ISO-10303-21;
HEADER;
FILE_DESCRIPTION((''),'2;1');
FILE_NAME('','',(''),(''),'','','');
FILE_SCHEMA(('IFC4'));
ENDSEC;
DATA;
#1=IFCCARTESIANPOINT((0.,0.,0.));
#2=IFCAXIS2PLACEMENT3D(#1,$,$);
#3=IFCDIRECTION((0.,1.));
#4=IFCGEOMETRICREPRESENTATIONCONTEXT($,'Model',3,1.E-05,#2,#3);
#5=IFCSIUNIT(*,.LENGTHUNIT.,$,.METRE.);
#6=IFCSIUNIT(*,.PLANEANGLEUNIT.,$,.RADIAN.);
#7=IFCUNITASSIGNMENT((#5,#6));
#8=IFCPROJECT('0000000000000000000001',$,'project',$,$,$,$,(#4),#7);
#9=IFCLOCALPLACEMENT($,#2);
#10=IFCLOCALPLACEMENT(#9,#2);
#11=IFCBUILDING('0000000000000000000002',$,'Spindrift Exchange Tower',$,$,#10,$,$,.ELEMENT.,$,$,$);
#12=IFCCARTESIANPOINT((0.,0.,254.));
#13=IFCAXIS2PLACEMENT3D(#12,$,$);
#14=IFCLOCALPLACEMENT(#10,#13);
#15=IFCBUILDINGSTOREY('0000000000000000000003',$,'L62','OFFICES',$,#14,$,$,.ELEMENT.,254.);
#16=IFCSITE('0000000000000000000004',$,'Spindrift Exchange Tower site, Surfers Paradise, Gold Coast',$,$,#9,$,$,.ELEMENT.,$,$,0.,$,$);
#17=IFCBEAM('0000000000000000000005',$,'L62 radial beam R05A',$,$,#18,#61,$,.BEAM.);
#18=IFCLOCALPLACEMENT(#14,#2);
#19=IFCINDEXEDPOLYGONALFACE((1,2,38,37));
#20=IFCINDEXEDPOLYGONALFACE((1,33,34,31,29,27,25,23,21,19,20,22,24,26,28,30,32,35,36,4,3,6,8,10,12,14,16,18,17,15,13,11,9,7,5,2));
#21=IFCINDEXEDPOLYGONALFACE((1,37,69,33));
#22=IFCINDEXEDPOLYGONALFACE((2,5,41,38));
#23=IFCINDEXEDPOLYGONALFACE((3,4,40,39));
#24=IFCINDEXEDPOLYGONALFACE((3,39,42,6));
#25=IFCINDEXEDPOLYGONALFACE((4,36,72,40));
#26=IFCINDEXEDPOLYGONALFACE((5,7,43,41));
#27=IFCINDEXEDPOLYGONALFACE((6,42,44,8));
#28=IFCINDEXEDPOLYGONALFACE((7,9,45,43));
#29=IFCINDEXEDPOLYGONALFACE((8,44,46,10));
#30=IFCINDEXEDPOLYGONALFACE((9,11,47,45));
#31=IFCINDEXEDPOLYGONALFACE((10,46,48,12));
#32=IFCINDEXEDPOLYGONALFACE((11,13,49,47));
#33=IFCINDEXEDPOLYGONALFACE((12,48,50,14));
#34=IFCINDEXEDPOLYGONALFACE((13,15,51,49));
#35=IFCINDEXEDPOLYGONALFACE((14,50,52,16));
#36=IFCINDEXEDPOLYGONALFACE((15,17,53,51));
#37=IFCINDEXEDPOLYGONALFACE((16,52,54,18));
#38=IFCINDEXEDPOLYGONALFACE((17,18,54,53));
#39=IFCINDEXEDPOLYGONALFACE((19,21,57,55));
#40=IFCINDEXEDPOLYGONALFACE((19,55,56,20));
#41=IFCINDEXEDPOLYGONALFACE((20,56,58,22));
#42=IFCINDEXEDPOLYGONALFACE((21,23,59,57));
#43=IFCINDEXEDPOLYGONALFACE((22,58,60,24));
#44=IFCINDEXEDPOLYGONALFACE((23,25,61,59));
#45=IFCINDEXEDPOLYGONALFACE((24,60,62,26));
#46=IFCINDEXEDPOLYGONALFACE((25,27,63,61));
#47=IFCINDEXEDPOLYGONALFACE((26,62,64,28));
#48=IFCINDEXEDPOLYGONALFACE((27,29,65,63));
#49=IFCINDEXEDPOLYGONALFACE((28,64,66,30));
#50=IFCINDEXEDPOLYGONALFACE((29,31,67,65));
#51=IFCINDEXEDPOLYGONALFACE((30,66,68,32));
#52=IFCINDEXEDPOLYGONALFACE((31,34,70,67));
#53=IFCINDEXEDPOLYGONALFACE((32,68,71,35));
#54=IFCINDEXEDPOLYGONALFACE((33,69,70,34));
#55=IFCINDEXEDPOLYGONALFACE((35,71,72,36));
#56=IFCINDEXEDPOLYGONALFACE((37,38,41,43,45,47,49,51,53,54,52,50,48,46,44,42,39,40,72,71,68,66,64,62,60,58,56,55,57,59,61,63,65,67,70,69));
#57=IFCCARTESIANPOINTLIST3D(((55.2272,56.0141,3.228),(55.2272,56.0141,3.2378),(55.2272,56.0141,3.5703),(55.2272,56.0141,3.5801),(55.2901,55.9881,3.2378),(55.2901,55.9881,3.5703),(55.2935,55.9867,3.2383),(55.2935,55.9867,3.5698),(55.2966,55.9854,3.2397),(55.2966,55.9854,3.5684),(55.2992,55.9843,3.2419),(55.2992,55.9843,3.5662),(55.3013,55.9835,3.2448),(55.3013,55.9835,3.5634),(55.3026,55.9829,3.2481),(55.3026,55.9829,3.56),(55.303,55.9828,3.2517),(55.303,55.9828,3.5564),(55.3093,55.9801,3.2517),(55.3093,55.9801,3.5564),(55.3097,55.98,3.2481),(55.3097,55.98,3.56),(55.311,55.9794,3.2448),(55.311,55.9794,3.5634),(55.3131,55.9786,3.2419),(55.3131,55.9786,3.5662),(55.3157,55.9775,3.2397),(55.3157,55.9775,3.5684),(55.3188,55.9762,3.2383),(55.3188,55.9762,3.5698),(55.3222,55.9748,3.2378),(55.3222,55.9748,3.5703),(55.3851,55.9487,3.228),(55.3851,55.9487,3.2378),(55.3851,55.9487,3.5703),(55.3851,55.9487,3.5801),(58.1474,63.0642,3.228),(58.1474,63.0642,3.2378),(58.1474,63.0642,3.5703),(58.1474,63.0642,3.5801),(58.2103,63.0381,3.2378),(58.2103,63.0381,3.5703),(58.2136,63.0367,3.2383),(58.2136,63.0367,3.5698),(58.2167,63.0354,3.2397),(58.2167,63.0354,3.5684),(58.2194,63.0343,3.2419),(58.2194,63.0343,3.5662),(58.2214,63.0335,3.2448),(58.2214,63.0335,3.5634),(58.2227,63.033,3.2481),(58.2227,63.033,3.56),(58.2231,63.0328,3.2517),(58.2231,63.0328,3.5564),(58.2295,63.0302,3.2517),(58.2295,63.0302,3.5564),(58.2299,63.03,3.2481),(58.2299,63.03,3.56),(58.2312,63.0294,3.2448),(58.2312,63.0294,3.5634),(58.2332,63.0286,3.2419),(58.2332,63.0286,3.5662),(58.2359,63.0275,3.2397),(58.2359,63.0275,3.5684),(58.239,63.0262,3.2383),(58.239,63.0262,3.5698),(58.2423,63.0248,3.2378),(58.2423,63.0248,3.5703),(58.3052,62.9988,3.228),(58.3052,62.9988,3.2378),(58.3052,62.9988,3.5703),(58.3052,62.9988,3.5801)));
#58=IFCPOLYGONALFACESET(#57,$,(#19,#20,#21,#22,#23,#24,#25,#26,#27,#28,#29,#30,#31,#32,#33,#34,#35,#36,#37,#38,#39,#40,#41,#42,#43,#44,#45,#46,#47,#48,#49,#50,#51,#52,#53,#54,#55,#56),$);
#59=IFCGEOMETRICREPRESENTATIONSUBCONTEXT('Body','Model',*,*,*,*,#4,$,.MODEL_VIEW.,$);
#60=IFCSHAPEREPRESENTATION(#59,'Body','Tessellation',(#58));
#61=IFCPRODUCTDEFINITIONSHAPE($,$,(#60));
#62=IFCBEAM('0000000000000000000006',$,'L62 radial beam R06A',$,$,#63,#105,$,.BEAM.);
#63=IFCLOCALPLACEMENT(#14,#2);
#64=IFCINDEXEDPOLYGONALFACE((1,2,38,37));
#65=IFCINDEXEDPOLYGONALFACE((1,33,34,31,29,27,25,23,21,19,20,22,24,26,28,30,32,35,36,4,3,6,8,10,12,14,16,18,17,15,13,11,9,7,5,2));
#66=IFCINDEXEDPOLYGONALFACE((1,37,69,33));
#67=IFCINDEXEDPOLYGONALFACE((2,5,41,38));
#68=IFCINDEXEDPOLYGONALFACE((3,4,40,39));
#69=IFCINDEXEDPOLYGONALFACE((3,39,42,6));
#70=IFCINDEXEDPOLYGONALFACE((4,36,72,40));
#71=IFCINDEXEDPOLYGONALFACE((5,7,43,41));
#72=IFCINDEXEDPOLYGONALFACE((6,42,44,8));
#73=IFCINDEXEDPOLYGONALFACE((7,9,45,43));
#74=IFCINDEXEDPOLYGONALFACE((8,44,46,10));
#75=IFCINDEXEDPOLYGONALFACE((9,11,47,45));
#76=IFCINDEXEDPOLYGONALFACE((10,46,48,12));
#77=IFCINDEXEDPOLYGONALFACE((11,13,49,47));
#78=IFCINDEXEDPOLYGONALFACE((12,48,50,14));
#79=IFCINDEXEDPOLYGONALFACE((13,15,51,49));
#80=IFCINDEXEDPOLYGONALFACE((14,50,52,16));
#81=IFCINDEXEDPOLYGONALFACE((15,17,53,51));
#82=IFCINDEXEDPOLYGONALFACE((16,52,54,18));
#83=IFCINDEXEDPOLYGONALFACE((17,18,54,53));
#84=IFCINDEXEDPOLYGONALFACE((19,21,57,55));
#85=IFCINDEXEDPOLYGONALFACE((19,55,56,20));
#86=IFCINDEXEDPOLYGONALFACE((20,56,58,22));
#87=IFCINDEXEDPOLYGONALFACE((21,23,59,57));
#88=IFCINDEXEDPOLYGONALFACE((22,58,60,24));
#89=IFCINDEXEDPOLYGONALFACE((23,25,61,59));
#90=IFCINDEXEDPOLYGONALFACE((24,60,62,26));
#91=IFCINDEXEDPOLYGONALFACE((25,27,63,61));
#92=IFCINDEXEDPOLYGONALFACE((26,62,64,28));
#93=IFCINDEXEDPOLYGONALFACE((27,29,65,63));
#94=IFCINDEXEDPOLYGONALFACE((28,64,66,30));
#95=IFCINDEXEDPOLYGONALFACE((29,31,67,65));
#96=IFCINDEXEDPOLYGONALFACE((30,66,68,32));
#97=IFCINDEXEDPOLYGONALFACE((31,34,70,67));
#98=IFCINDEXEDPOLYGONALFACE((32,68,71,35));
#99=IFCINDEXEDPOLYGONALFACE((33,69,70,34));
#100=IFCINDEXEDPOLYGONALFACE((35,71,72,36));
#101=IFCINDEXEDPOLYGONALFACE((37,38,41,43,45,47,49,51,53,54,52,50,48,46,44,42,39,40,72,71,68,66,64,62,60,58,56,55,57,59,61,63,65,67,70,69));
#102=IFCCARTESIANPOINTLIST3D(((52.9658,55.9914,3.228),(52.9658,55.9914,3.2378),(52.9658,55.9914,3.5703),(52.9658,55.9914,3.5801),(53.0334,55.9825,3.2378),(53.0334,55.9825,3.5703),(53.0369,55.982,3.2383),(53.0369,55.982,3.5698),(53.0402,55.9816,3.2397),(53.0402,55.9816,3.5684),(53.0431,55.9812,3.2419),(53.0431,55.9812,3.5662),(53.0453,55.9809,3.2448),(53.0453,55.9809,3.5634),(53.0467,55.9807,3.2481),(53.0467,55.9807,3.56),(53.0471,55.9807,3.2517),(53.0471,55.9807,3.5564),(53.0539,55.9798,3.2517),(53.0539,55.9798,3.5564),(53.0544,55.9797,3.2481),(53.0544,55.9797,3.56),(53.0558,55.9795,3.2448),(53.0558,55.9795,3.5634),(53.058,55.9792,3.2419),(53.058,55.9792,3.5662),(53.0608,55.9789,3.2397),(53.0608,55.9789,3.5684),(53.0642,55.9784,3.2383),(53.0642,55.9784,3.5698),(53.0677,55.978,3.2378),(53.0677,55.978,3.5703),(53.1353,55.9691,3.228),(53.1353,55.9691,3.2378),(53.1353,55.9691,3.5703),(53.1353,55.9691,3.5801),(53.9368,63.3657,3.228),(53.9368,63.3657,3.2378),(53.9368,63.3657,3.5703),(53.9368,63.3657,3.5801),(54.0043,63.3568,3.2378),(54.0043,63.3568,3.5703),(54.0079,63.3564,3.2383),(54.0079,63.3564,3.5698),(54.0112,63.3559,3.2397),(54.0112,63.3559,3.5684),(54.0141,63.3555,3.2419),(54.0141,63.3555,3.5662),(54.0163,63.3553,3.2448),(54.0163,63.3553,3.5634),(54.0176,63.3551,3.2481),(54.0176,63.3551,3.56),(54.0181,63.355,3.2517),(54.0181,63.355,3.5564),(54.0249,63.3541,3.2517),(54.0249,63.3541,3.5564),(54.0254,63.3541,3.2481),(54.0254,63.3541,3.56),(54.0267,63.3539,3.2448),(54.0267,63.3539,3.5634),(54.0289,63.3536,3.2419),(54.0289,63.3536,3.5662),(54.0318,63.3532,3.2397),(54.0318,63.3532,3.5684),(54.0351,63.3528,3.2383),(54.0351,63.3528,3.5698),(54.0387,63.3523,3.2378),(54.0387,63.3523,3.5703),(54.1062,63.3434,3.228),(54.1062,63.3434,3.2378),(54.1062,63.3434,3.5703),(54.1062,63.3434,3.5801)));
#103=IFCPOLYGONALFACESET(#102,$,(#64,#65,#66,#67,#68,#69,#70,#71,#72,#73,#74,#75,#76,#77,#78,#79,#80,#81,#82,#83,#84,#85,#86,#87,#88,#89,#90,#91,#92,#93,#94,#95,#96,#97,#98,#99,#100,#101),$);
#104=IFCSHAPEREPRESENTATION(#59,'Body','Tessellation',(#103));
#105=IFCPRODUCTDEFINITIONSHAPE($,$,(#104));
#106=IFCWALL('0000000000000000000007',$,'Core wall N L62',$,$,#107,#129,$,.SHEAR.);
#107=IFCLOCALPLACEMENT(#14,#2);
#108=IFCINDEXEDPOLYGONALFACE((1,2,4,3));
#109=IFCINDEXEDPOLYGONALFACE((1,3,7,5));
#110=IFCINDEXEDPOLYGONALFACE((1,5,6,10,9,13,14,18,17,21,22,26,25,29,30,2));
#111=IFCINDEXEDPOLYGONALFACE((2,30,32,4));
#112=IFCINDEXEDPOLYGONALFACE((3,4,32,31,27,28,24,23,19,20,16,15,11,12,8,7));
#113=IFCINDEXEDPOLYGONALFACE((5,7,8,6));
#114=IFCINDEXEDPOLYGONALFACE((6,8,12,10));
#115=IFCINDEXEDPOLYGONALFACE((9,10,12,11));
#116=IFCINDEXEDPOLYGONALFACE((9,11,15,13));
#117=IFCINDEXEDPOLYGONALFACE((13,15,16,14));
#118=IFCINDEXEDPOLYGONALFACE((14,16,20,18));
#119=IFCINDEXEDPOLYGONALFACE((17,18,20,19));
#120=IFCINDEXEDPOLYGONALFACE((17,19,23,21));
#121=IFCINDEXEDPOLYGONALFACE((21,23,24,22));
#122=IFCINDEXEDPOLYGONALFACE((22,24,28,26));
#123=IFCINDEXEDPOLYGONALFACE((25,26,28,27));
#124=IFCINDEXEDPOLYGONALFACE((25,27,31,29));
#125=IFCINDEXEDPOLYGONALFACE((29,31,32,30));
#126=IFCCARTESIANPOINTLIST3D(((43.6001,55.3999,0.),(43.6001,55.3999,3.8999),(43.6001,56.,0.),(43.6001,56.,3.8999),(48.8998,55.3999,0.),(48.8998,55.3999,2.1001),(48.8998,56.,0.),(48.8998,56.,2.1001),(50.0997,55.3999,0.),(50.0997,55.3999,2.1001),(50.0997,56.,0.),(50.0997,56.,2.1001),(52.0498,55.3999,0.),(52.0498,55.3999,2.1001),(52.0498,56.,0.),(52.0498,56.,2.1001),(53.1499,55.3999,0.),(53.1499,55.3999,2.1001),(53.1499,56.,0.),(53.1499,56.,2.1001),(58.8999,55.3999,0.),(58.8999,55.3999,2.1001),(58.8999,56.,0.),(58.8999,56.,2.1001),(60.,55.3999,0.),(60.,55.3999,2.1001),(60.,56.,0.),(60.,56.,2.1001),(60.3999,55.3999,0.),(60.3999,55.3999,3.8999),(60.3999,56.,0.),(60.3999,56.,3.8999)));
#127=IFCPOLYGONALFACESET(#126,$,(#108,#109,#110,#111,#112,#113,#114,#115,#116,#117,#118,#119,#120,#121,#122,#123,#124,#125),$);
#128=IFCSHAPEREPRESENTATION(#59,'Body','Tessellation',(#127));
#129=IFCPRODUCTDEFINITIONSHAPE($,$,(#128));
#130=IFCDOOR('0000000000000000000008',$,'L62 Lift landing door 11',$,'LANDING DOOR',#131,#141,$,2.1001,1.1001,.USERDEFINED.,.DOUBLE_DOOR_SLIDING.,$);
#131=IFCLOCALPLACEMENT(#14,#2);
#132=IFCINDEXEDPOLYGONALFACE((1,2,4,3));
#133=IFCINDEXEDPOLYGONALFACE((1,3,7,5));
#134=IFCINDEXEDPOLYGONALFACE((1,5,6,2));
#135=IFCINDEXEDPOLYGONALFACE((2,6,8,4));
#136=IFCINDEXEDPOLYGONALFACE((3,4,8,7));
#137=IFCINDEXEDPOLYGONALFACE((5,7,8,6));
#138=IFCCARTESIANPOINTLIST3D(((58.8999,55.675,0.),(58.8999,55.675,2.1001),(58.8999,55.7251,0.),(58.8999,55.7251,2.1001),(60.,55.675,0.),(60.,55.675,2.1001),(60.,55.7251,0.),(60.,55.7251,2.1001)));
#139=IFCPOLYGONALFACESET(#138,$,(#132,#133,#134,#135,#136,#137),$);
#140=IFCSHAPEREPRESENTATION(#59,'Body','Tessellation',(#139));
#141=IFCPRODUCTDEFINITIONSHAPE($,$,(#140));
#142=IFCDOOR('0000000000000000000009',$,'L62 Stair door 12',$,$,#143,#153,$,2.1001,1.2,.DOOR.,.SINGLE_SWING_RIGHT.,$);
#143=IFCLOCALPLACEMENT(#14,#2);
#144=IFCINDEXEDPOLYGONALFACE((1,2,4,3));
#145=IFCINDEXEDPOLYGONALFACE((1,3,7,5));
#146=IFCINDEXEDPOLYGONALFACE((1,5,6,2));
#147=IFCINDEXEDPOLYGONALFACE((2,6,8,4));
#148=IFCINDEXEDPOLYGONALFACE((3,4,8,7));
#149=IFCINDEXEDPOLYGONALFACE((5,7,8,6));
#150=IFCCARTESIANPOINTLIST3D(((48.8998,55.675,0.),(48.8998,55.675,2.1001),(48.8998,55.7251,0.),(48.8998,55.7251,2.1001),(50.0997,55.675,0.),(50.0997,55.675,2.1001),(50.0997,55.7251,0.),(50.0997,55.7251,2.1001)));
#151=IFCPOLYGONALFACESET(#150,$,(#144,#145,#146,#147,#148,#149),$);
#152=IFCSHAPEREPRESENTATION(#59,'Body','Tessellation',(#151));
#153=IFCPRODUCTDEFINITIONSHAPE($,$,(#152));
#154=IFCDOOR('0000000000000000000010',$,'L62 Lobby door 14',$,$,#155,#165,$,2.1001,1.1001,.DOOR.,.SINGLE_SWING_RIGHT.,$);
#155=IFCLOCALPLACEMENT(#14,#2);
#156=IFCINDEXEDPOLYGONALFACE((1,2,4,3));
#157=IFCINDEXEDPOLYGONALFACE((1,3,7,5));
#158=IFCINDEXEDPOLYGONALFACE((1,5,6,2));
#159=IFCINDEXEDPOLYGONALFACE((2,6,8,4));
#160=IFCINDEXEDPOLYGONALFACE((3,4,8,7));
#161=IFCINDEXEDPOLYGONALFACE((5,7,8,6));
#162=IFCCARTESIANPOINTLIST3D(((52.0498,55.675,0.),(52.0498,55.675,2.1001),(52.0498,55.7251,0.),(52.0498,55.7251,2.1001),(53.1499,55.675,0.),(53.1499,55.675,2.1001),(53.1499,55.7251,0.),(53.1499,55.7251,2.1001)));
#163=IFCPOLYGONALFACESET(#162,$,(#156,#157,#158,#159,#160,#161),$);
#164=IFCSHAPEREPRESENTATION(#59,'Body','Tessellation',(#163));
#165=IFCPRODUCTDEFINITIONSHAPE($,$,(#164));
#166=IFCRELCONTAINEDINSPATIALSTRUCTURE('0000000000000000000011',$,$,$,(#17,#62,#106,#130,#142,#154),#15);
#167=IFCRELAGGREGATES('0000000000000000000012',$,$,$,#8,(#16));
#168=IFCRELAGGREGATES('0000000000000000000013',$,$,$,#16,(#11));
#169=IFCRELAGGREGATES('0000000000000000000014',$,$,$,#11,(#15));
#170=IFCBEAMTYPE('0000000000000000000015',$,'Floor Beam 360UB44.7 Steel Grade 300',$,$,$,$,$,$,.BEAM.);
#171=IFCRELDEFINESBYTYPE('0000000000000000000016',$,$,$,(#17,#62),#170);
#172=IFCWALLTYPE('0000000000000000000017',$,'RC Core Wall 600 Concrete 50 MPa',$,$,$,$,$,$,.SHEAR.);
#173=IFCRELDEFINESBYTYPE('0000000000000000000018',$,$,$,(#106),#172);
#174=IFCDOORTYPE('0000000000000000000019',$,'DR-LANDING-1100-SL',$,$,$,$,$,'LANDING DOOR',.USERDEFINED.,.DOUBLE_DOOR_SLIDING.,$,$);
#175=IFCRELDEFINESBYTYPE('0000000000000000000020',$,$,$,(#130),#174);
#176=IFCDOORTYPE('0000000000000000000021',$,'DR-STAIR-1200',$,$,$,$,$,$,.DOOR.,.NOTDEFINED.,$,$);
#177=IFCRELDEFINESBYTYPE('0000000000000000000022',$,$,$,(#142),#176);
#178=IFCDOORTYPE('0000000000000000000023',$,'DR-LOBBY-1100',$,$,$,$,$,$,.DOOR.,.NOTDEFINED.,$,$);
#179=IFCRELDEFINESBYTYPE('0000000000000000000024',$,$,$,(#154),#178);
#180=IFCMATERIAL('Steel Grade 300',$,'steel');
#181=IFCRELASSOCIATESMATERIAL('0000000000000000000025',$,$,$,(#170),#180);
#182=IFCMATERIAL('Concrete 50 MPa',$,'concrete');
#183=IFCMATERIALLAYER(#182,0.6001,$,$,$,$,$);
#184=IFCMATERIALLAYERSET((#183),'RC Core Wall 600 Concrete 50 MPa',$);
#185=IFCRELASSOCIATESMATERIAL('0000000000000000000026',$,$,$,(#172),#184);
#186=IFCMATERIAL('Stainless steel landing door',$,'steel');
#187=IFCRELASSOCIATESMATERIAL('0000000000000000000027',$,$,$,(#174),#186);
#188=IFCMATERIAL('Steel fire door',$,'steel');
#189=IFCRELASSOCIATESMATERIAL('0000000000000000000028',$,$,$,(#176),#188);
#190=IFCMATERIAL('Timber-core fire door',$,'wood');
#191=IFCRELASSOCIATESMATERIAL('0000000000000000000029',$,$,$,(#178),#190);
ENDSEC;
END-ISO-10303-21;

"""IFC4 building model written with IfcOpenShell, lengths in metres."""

from ifc_helpers import new_model, si_unit, direction, frame, frame_2d, origin, origin_2d, place, context, subcontext, project, spatial, rectangle, i_section, extrude, source, transform, mapped, material, layer, layer_set, material_profile, profile_set, type_object, element, fill, save


model = new_model("IFC4")

# Units and contexts
model_context = context("Model", 3, precision=1e-05, world=origin(), true_north=direction((0.0, 1.0)))
body_context = subcontext(model_context, "Body", "Model", "MODEL_VIEW")
ifc_project = project(units=[si_unit("LENGTHUNIT", "METRE"), si_unit("PLANEANGLEUNIT", "RADIAN")], contexts=[model_context])

# Site, building, storey
site_placement = place(None, origin())
site = spatial("IfcSite", under=ifc_project, at=site_placement, Name="Spindrift Exchange Tower site, Surfers Paradise, Gold Coast", CompositionType="ELEMENT", RefElevation=0.0)
building_placement = place(site_placement, origin())
building = spatial("IfcBuilding", under=site, at=building_placement, Name="Spindrift Exchange Tower", CompositionType="ELEMENT")
storey_placement = place(building_placement, frame((0.0, 0.0, 254.0)))
storey = spatial("IfcBuildingStorey", under=building, at=storey_placement, Name="L62", Description="OFFICES", CompositionType="ELEMENT", Elevation=254.0)

# Beams
ifc_material_1 = material(Name="Steel Grade 300", Category="steel")
ifc_material_profile_1 = material_profile(ifc_material_1, i_section(OverallWidth=0.1709, OverallDepth=0.3521, WebThickness=0.0068, FlangeThickness=0.0098, FilletRadius=0.0139, at=origin_2d()), Name="360UB44.7")
ifc_profile_set_1 = profile_set([ifc_material_profile_1], Name="Steel Grade 300")
beam_type_1 = type_object("IfcBeamType", Name="Floor Beam 360UB44.7 Steel Grade 300", PredefinedType="BEAM", material=ifc_profile_set_1)
shared_shape_1 = source(origin(), body_context, "Body", "SweptSolid", [
    extrude(i_section(OverallWidth=0.1709, OverallDepth=0.3521, WebThickness=0.0068, FlangeThickness=0.0098, FilletRadius=0.0139, at=origin_2d()), origin(), (0.0, 0.0, 1.0), 7.6309),
])
beam_1_placement = place(storey_placement, frame((55.3062, 55.9814, 3.4041), z_axis=(0.382677, 0.923882, 0.0), x_axis=(-0.923882, 0.382677, 0.0)))
element("IfcBeam", 1, at=beam_1_placement, inside=storey, type_object=beam_type_1, Name="L62 radial beam R05A", PredefinedType="BEAM", context=body_context, shape_type="MappedRepresentation", body=[
    mapped(shared_shape_1, transform((0.0, 0.0, 0.0), scale=1.0)),
])
shared_shape_2 = source(origin(), body_context, "Body", "SweptSolid", [
    extrude(i_section(OverallWidth=0.1709, OverallDepth=0.3521, WebThickness=0.0068, FlangeThickness=0.0098, FilletRadius=0.0139, at=origin_2d()), origin(), (0.0, 0.0, 1.0), 7.438),
])
beam_2_placement = place(storey_placement, frame((53.0505, 55.9802, 3.4041), z_axis=(0.13054, 0.991443, 0.0), x_axis=(-0.991443, 0.13054, 0.0)))
element("IfcBeam", 2, at=beam_2_placement, inside=storey, type_object=beam_type_1, Name="L62 radial beam R06A", PredefinedType="BEAM", context=body_context, shape_type="MappedRepresentation", body=[
    mapped(shared_shape_2, transform((0.0, 0.0, 0.0), scale=1.0)),
])

# Wall, openings, doors
ifc_material_2 = material(Name="Concrete 50 MPa", Category="concrete")
ifc_layer_1 = layer(ifc_material_2, 0.6001)
ifc_layer_set_1 = layer_set([ifc_layer_1], Name="RC Core Wall 600 Concrete 50 MPa")
wall_type_1 = type_object("IfcWallType", Name="RC Core Wall 600 Concrete 50 MPa", PredefinedType="SHEAR", material=ifc_layer_set_1)
wall_1_placement = place(storey_placement, frame((60.3999, 55.7, 0.0), z_axis=(0.0, 0.0, 1.0), x_axis=(-1.0, 0.0, 0.0)))
wall_1 = element("IfcWall", 3, at=wall_1_placement, inside=storey, type_object=wall_type_1, Name="Core wall N L62", PredefinedType="SHEAR", context=body_context, shape_type="SweptSolid", body=[
    extrude(rectangle(XDim=16.7998, YDim=0.6001, at=frame_2d((8.3999, 0.0))), origin(), (0.0, 0.0, 1.0), 3.8999),
])
opening_1_placement = place(wall_1_placement, frame((0.3999, 0.0, 0.0)))
opening_1 = element("IfcOpeningElement", 4, at=opening_1_placement, cuts=wall_1, PredefinedType="OPENING", context=body_context, shape_type="SweptSolid", body=[
    extrude(rectangle(XDim=1.1001, YDim=2.1001, at=frame_2d((0.55, 1.05))), frame((0.0, 0.3101, 0.0), z_axis=(0.0, -1.0, 0.0), x_axis=(1.0, 0.0, 0.0)), (0.0, 0.0, 1.0), 0.6201),
])
opening_2_placement = place(wall_1_placement, frame((10.3, 0.0, 0.0)))
opening_2 = element("IfcOpeningElement", 5, at=opening_2_placement, cuts=wall_1, PredefinedType="OPENING", context=body_context, shape_type="SweptSolid", body=[
    extrude(rectangle(XDim=1.2, YDim=2.1001, at=frame_2d((0.6001, 1.05))), frame((0.0, 0.3101, 0.0), z_axis=(0.0, -1.0, 0.0), x_axis=(1.0, 0.0, 0.0)), (0.0, 0.0, 1.0), 0.6201),
])
opening_3_placement = place(wall_1_placement, frame((7.25, 0.0, 0.0)))
opening_3 = element("IfcOpeningElement", 6, at=opening_3_placement, cuts=wall_1, PredefinedType="OPENING", context=body_context, shape_type="SweptSolid", body=[
    extrude(rectangle(XDim=1.1001, YDim=2.1001, at=frame_2d((0.55, 1.05))), frame((0.0, 0.3101, 0.0), z_axis=(0.0, -1.0, 0.0), x_axis=(1.0, 0.0, 0.0)), (0.0, 0.0, 1.0), 0.6201),
])
ifc_material_3 = material(Name="Stainless steel landing door", Category="steel")
door_type_1 = type_object("IfcDoorType", Name="DR-LANDING-1100-SL", ElementType="LANDING DOOR", OperationType="DOUBLE_DOOR_SLIDING", PredefinedType="USERDEFINED", material=ifc_material_3)
shared_shape_3 = source(origin(), body_context, "Body", "SweptSolid", [
    extrude(rectangle(XDim=1.1001, YDim=2.1001, at=frame_2d((0.55, 1.05))), frame((0.0, 0.0249, 0.0), z_axis=(0.0, -1.0, 0.0), x_axis=(1.0, 0.0, 0.0)), (0.0, 0.0, 1.0), 0.05),
])
door_1_placement = place(opening_1_placement, origin())
door_1 = element("IfcDoor", 7, at=door_1_placement, inside=storey, type_object=door_type_1, Name="L62 Lift landing door 11", ObjectType="LANDING DOOR", OperationType="DOUBLE_DOOR_SLIDING", OverallHeight=2.1001, OverallWidth=1.1001, PredefinedType="USERDEFINED", context=body_context, shape_type="MappedRepresentation", body=[
    mapped(shared_shape_3, transform((0.0, 0.0, 0.0), scale=1.0)),
])
fill(opening_1, door_1)
ifc_material_4 = material(Name="Steel fire door", Category="steel")
door_type_2 = type_object("IfcDoorType", Name="DR-STAIR-1200", OperationType="NOTDEFINED", PredefinedType="DOOR", material=ifc_material_4)
shared_shape_4 = source(origin(), body_context, "Body", "SweptSolid", [
    extrude(rectangle(XDim=1.2, YDim=2.1001, at=frame_2d((0.6001, 1.05))), frame((0.0, 0.0249, 0.0), z_axis=(0.0, -1.0, 0.0), x_axis=(1.0, 0.0, 0.0)), (0.0, 0.0, 1.0), 0.05),
])
door_2_placement = place(opening_2_placement, origin())
door_2 = element("IfcDoor", 8, at=door_2_placement, inside=storey, type_object=door_type_2, Name="L62 Stair door 12", OperationType="SINGLE_SWING_RIGHT", OverallHeight=2.1001, OverallWidth=1.2, PredefinedType="DOOR", context=body_context, shape_type="MappedRepresentation", body=[
    mapped(shared_shape_4, transform((0.0, 0.0, 0.0), scale=1.0)),
])
fill(opening_2, door_2)
ifc_material_5 = material(Name="Timber-core fire door", Category="wood")
door_type_3 = type_object("IfcDoorType", Name="DR-LOBBY-1100", OperationType="NOTDEFINED", PredefinedType="DOOR", material=ifc_material_5)
shared_shape_5 = source(origin(), body_context, "Body", "SweptSolid", [
    extrude(rectangle(XDim=1.1001, YDim=2.1001, at=frame_2d((0.55, 1.05))), frame((0.0, 0.0249, 0.0), z_axis=(0.0, -1.0, 0.0), x_axis=(1.0, 0.0, 0.0)), (0.0, 0.0, 1.0), 0.05),
])
door_3_placement = place(opening_3_placement, origin())
door_3 = element("IfcDoor", 9, at=door_3_placement, inside=storey, type_object=door_type_3, Name="L62 Lobby door 14", OperationType="SINGLE_SWING_RIGHT", OverallHeight=2.1001, OverallWidth=1.1001, PredefinedType="DOOR", context=body_context, shape_type="MappedRepresentation", body=[
    mapped(shared_shape_5, transform((0.0, 0.0, 0.0), scale=1.0)),
])
fill(opening_3, door_3)

save(model, "model.ifc")
